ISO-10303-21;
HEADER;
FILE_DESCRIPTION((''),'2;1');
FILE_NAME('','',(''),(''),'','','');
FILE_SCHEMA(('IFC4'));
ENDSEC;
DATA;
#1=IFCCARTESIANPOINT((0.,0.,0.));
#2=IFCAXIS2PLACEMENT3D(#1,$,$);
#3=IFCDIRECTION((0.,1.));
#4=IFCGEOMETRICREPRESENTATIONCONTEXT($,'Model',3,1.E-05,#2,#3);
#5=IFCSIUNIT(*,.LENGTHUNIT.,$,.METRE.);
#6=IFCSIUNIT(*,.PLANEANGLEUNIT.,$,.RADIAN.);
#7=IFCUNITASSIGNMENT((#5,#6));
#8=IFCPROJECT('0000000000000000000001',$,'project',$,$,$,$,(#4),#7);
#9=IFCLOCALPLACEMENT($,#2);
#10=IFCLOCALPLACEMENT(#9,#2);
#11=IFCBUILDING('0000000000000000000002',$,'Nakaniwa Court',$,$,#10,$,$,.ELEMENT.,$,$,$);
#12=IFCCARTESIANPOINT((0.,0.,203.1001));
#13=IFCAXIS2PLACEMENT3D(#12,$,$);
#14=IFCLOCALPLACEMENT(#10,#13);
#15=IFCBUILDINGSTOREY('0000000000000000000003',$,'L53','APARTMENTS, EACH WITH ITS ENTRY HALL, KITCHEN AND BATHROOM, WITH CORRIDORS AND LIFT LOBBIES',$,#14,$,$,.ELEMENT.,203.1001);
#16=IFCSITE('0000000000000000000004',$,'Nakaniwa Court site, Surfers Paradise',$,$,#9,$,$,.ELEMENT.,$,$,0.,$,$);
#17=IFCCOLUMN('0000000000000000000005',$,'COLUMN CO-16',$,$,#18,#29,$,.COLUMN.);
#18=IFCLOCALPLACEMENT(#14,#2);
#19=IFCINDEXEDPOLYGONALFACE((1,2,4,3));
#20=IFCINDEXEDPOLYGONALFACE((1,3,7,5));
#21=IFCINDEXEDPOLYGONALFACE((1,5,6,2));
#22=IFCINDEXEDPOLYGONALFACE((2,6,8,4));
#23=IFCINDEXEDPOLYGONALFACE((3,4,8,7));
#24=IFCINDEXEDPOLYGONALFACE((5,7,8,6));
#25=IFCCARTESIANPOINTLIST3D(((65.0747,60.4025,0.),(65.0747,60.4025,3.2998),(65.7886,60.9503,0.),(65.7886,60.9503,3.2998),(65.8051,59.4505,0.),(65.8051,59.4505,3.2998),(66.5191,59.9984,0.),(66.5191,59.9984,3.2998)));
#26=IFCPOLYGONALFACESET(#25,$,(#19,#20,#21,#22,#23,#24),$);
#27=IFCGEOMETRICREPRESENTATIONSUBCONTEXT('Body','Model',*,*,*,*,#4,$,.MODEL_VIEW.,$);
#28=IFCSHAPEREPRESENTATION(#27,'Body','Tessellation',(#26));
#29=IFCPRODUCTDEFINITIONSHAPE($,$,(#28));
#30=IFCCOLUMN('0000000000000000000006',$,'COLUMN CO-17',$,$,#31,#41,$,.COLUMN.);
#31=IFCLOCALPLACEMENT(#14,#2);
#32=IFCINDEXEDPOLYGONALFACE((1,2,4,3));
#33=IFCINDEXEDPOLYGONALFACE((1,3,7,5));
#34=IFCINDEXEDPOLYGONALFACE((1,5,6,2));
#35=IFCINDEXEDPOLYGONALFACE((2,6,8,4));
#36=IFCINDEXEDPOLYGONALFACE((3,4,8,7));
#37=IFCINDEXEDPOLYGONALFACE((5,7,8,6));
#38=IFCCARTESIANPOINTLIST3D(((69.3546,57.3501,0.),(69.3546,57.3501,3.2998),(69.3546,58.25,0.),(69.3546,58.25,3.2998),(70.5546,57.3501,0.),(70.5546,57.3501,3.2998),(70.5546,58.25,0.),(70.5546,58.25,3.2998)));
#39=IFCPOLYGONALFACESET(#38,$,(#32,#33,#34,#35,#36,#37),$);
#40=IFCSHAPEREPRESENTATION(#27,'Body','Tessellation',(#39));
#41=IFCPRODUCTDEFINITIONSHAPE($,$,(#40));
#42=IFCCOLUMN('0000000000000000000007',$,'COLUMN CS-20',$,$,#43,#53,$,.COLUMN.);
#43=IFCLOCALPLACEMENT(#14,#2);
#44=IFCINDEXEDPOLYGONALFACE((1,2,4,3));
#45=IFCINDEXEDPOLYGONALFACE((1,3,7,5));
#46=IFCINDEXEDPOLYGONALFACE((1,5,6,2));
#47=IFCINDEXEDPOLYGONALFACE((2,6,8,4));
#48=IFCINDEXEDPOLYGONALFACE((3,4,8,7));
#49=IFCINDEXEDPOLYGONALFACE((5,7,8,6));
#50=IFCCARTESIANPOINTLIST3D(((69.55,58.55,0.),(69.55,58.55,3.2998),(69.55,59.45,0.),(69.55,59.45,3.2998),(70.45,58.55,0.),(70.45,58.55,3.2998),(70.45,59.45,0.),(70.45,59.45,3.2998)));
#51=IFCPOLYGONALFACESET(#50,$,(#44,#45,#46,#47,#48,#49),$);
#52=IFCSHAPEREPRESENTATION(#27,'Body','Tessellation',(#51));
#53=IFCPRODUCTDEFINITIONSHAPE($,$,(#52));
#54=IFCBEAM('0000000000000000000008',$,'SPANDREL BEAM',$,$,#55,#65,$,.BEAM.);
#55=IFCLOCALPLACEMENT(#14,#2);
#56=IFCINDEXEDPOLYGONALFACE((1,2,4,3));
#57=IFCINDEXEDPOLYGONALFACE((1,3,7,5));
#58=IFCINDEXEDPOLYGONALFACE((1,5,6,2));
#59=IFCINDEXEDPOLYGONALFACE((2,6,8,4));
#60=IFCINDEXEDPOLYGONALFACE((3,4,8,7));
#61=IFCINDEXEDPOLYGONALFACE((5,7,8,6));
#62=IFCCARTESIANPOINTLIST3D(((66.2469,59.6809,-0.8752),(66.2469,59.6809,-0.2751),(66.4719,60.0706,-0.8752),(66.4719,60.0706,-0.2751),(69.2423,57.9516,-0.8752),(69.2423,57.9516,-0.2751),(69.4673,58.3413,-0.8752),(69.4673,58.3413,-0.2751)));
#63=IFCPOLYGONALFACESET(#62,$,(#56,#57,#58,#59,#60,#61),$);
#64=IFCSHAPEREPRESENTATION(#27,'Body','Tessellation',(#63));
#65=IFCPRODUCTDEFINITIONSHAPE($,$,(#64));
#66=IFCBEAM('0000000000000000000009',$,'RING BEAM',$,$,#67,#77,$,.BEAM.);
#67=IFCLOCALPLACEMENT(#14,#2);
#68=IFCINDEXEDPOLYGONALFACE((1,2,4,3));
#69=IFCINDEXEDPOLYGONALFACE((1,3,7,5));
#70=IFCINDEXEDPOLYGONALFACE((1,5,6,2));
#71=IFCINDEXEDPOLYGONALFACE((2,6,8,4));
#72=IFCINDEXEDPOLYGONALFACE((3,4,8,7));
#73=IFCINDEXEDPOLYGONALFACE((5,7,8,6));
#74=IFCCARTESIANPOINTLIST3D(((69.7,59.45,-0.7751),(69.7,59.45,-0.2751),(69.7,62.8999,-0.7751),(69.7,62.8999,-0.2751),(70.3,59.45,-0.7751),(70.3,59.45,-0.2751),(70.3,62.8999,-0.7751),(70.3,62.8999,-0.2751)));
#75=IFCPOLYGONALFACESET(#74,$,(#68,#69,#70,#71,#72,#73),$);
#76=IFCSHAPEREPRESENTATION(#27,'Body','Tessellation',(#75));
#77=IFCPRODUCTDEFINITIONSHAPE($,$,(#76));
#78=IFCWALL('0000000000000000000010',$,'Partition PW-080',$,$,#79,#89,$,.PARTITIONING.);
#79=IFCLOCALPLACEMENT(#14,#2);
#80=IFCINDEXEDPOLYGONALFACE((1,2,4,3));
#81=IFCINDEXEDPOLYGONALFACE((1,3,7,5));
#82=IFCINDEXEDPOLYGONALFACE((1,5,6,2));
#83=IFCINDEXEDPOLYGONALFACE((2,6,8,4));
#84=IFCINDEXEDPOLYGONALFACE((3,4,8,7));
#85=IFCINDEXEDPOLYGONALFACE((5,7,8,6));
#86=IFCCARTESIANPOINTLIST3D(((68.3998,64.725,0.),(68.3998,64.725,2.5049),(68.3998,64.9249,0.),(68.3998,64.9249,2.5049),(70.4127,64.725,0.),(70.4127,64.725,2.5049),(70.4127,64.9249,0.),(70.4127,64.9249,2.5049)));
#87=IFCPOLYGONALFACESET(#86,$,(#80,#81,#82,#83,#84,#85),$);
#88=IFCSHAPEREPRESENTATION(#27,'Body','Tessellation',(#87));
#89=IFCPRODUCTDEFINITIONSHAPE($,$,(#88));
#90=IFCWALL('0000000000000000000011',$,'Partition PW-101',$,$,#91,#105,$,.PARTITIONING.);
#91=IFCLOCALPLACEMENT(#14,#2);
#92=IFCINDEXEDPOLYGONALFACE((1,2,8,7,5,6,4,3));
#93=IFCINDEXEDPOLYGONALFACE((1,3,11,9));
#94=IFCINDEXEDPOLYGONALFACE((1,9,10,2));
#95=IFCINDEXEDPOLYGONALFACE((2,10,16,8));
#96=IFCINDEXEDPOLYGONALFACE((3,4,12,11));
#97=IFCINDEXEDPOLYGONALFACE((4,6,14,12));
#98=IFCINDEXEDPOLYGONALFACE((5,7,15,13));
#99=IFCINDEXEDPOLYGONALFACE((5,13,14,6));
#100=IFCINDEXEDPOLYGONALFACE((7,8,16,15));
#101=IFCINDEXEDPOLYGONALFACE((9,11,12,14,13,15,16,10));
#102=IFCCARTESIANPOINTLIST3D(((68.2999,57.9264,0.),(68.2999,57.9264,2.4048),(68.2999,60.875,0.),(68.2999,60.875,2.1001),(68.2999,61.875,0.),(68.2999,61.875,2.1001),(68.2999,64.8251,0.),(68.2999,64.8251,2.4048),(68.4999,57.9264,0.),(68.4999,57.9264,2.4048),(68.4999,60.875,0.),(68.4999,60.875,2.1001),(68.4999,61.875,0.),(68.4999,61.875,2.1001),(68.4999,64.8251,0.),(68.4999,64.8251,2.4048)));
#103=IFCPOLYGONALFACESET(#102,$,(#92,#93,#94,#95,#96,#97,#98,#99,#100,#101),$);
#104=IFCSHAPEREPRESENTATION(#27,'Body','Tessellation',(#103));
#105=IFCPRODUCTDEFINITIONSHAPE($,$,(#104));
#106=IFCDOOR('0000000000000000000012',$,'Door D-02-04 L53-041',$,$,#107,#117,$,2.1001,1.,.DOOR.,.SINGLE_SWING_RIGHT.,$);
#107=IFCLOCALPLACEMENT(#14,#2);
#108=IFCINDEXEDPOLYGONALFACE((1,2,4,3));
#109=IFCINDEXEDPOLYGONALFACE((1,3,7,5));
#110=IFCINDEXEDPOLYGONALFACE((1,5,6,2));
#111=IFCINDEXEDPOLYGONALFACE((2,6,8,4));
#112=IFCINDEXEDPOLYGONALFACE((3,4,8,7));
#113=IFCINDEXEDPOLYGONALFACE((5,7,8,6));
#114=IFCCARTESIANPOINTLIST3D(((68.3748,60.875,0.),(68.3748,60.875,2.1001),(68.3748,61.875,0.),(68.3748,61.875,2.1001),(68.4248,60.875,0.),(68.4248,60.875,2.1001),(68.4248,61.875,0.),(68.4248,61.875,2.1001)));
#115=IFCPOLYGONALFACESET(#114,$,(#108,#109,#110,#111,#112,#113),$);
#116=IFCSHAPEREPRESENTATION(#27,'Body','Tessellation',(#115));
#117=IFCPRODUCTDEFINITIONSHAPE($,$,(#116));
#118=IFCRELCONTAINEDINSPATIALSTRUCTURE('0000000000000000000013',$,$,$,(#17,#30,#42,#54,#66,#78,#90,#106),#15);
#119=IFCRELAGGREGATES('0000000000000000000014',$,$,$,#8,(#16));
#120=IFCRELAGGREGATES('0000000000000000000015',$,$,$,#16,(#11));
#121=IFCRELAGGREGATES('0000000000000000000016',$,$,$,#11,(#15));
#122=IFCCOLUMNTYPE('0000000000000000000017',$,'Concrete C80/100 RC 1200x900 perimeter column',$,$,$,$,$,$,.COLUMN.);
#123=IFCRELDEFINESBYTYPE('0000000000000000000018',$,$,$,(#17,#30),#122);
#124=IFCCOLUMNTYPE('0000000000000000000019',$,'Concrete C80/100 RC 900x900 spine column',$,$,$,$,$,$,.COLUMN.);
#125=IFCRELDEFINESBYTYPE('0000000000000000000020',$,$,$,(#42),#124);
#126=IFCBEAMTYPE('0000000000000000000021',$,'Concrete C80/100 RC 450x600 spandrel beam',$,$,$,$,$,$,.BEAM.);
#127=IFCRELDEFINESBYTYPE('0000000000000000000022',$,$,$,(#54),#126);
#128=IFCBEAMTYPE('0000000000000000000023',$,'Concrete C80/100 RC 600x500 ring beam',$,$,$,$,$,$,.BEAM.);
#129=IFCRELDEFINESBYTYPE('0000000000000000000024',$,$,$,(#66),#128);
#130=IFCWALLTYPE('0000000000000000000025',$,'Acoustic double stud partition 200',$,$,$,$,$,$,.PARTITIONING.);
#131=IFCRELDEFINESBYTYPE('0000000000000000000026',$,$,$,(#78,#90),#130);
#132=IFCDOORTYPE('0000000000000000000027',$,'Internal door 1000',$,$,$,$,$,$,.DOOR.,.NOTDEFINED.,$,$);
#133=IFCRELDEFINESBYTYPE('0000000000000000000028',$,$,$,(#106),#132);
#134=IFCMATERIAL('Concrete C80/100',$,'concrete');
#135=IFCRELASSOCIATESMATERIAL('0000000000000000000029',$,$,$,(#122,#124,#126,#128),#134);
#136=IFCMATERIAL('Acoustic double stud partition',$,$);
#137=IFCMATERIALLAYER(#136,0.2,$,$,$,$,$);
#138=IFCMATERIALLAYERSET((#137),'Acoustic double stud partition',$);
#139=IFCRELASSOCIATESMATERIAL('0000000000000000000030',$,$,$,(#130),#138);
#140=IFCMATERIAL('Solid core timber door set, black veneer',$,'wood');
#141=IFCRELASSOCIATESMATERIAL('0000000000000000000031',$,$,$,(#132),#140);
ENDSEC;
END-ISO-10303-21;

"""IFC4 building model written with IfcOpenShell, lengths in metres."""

from ifc_helpers import new_model, si_unit, direction, frame, frame_2d, origin, origin_2d, place, context, subcontext, project, spatial, rectangle, extrude, material, layer, layer_set, material_profile, profile_set, type_object, element, fill, save


model = new_model("IFC4")

# Units and contexts
model_context = context("Model", 3, precision=1e-05, world=origin(), true_north=direction((0.0, 1.0)))
body_context = subcontext(model_context, "Body", "Model", "MODEL_VIEW")
ifc_project = project(units=[si_unit("LENGTHUNIT", "METRE"), si_unit("PLANEANGLEUNIT", "RADIAN")], contexts=[model_context])

# Site, building, storey
site_placement = place(None, origin())
site = spatial("IfcSite", under=ifc_project, at=site_placement, Name="Nakaniwa Court site, Surfers Paradise", CompositionType="ELEMENT", RefElevation=0.0)
building_placement = place(site_placement, origin())
building = spatial("IfcBuilding", under=site, at=building_placement, Name="Nakaniwa Court", CompositionType="ELEMENT")
storey_placement = place(building_placement, frame((0.0, 0.0, 203.1001)))
storey = spatial("IfcBuildingStorey", under=building, at=storey_placement, Name="L53", Description="APARTMENTS, EACH WITH ITS ENTRY HALL, KITCHEN AND BATHROOM, WITH CORRIDORS AND LIFT LOBBIES", CompositionType="ELEMENT", Elevation=203.1001)

# Columns
ifc_material_1 = material(Name="Concrete C80/100", Category="concrete")
ifc_material_profile_1 = material_profile(ifc_material_1, rectangle(XDim=1.2, YDim=0.8999, at=origin_2d()), Name="Concrete C80/100 RC 1200x900 perimeter column")
ifc_profile_set_1 = profile_set([ifc_material_profile_1], Name="Concrete C80/100")
column_type_1 = type_object("IfcColumnType", Name="Concrete C80/100 RC 1200x900 perimeter column", PredefinedType="COLUMN", material=ifc_profile_set_1)
for number, where, z_axis, x_axis, name in (
    (1, (65.7969, 60.2004, 0.0), (0.0, 0.0, 1.0), (0.608761, -0.793353, 0.0), "COLUMN CO-16"),
    (2, (69.9546, 57.8, 0.0), (0.0, 0.0, 1.0), (1.0, 0.0, 0.0), "COLUMN CO-17"),
):
    element("IfcColumn", number, at=place(storey_placement, frame(where, z_axis=z_axis, x_axis=x_axis)), inside=storey, type_object=column_type_1, Name=name, PredefinedType="COLUMN", context=body_context, shape_type="SweptSolid", body=[
        extrude(rectangle(XDim=1.2, YDim=0.8999, at=origin_2d()), origin(), (0.0, 0.0, 1.0), 3.2998),
    ])
ifc_material_profile_2 = material_profile(ifc_material_1, rectangle(XDim=0.8999, YDim=0.8999, at=origin_2d()), Name="Concrete C80/100 RC 900x900 spine column")
ifc_profile_set_2 = profile_set([ifc_material_profile_2], Name="Concrete C80/100")
column_type_2 = type_object("IfcColumnType", Name="Concrete C80/100 RC 900x900 spine column", PredefinedType="COLUMN", material=ifc_profile_set_2)
column_placement = place(storey_placement, frame((70.0, 59.0, 0.0), z_axis=(0.0, 0.0, 1.0), x_axis=(0.0, -1.0, 0.0)))
element("IfcColumn", 3, at=column_placement, inside=storey, type_object=column_type_2, Name="COLUMN CS-20", PredefinedType="COLUMN", context=body_context, shape_type="SweptSolid", body=[
    extrude(rectangle(XDim=0.8999, YDim=0.8999, at=origin_2d()), origin(), (0.0, 0.0, 1.0), 3.2998),
])

# Beams
ifc_material_profile_3 = material_profile(ifc_material_1, rectangle(XDim=0.45, YDim=0.6001, at=origin_2d()), Name="Concrete C80/100 RC 450x600 spandrel beam")
ifc_profile_set_3 = profile_set([ifc_material_profile_3], Name="Concrete C80/100")
beam_type_1 = type_object("IfcBeamType", Name="Concrete C80/100 RC 450x600 spandrel beam", PredefinedType="BEAM", material=ifc_profile_set_3)
beam_1_placement = place(storey_placement, frame((66.3594, 59.8757, -0.5752), z_axis=(0.866041, -0.499973, 0.0), x_axis=(0.499973, 0.866041, 0.0)))
element("IfcBeam", 4, at=beam_1_placement, inside=storey, type_object=beam_type_1, Name="SPANDREL BEAM", PredefinedType="BEAM", context=body_context, shape_type="SweptSolid", body=[
    extrude(rectangle(XDim=0.45, YDim=0.6001, at=origin_2d()), origin(), (0.0, 0.0, 1.0), 3.4587),
])
ifc_material_profile_4 = material_profile(ifc_material_1, rectangle(XDim=0.6001, YDim=0.5, at=origin_2d()), Name="Concrete C80/100 RC 600x500 ring beam")
ifc_profile_set_4 = profile_set([ifc_material_profile_4], Name="Concrete C80/100")
beam_type_2 = type_object("IfcBeamType", Name="Concrete C80/100 RC 600x500 ring beam", PredefinedType="BEAM", material=ifc_profile_set_4)
beam_2_placement = place(storey_placement, frame((70.0, 62.8999, -0.5251), z_axis=(0.0, -1.0, 0.0), x_axis=(1.0, 0.0, 0.0)))
element("IfcBeam", 5, at=beam_2_placement, inside=storey, type_object=beam_type_2, Name="RING BEAM", PredefinedType="BEAM", context=body_context, shape_type="SweptSolid", body=[
    extrude(rectangle(XDim=0.6001, YDim=0.5, at=origin_2d()), origin(), (0.0, 0.0, 1.0), 3.45),
])

# Wall
ifc_material_2 = material(Name="Acoustic double stud partition")
ifc_layer_1 = layer(ifc_material_2, 0.2)
ifc_layer_set_1 = layer_set([ifc_layer_1], Name="Acoustic double stud partition")
wall_type_1 = type_object("IfcWallType", Name="Acoustic double stud partition 200", PredefinedType="PARTITIONING", material=ifc_layer_set_1)
wall_1_placement = place(storey_placement, frame((68.3999, 64.825, 0.0), z_axis=(0.0, 0.0, 1.0), x_axis=(1.0, 0.0, 0.0)))
element("IfcWall", 6, at=wall_1_placement, inside=storey, type_object=wall_type_1, Name="Partition PW-080", PredefinedType="PARTITIONING", context=body_context, shape_type="SweptSolid", body=[
    extrude(rectangle(XDim=2.0129, YDim=0.2, at=frame_2d((1.0063, 0.0))), origin(), (0.0, 0.0, 1.0), 2.5049),
])

# Wall, opening, door
wall_2_placement = place(storey_placement, frame((68.3999, 64.825, 0.0), z_axis=(0.0, 0.0, 1.0), x_axis=(0.0, -1.0, 0.0)))
wall_2 = element("IfcWall", 7, at=wall_2_placement, inside=storey, type_object=wall_type_1, Name="Partition PW-101", PredefinedType="PARTITIONING", context=body_context, shape_type="SweptSolid", body=[
    extrude(rectangle(XDim=6.8987, YDim=0.2, at=frame_2d((3.4492, 0.0))), origin(), (0.0, 0.0, 1.0), 2.4048),
])
opening_1_placement = place(wall_2_placement, frame((2.95, 0.0, 0.0)))
opening_1 = element("IfcOpeningElement", 8, at=opening_1_placement, cuts=wall_2, PredefinedType="OPENING", context=body_context, shape_type="SweptSolid", body=[
    extrude(rectangle(XDim=1.0, YDim=2.1001, at=frame_2d((0.5, 1.05))), frame((0.0, 0.1099, 0.0), z_axis=(0.0, -1.0, 0.0), x_axis=(1.0, 0.0, 0.0)), (0.0, 0.0, 1.0), 0.22),
])
ifc_material_3 = material(Name="Solid core timber door set, black veneer", Category="wood")
door_type_1 = type_object("IfcDoorType", Name="Internal door 1000", OperationType="NOTDEFINED", PredefinedType="DOOR", material=ifc_material_3)
door_1_placement = place(opening_1_placement, origin())
door_1 = element("IfcDoor", 9, at=door_1_placement, inside=storey, type_object=door_type_1, Name="Door D-02-04 L53-041", OperationType="SINGLE_SWING_RIGHT", OverallHeight=2.1001, OverallWidth=1.0, PredefinedType="DOOR", context=body_context, shape_type="SweptSolid", body=[
    extrude(rectangle(XDim=1.0, YDim=2.1001, at=frame_2d((0.5, 1.05))), frame((0.0, 0.0249, 0.0), z_axis=(0.0, -1.0, 0.0), x_axis=(1.0, 0.0, 0.0)), (0.0, 0.0, 1.0), 0.05),
])
fill(opening_1, door_1)

save(model, "model.ifc")
